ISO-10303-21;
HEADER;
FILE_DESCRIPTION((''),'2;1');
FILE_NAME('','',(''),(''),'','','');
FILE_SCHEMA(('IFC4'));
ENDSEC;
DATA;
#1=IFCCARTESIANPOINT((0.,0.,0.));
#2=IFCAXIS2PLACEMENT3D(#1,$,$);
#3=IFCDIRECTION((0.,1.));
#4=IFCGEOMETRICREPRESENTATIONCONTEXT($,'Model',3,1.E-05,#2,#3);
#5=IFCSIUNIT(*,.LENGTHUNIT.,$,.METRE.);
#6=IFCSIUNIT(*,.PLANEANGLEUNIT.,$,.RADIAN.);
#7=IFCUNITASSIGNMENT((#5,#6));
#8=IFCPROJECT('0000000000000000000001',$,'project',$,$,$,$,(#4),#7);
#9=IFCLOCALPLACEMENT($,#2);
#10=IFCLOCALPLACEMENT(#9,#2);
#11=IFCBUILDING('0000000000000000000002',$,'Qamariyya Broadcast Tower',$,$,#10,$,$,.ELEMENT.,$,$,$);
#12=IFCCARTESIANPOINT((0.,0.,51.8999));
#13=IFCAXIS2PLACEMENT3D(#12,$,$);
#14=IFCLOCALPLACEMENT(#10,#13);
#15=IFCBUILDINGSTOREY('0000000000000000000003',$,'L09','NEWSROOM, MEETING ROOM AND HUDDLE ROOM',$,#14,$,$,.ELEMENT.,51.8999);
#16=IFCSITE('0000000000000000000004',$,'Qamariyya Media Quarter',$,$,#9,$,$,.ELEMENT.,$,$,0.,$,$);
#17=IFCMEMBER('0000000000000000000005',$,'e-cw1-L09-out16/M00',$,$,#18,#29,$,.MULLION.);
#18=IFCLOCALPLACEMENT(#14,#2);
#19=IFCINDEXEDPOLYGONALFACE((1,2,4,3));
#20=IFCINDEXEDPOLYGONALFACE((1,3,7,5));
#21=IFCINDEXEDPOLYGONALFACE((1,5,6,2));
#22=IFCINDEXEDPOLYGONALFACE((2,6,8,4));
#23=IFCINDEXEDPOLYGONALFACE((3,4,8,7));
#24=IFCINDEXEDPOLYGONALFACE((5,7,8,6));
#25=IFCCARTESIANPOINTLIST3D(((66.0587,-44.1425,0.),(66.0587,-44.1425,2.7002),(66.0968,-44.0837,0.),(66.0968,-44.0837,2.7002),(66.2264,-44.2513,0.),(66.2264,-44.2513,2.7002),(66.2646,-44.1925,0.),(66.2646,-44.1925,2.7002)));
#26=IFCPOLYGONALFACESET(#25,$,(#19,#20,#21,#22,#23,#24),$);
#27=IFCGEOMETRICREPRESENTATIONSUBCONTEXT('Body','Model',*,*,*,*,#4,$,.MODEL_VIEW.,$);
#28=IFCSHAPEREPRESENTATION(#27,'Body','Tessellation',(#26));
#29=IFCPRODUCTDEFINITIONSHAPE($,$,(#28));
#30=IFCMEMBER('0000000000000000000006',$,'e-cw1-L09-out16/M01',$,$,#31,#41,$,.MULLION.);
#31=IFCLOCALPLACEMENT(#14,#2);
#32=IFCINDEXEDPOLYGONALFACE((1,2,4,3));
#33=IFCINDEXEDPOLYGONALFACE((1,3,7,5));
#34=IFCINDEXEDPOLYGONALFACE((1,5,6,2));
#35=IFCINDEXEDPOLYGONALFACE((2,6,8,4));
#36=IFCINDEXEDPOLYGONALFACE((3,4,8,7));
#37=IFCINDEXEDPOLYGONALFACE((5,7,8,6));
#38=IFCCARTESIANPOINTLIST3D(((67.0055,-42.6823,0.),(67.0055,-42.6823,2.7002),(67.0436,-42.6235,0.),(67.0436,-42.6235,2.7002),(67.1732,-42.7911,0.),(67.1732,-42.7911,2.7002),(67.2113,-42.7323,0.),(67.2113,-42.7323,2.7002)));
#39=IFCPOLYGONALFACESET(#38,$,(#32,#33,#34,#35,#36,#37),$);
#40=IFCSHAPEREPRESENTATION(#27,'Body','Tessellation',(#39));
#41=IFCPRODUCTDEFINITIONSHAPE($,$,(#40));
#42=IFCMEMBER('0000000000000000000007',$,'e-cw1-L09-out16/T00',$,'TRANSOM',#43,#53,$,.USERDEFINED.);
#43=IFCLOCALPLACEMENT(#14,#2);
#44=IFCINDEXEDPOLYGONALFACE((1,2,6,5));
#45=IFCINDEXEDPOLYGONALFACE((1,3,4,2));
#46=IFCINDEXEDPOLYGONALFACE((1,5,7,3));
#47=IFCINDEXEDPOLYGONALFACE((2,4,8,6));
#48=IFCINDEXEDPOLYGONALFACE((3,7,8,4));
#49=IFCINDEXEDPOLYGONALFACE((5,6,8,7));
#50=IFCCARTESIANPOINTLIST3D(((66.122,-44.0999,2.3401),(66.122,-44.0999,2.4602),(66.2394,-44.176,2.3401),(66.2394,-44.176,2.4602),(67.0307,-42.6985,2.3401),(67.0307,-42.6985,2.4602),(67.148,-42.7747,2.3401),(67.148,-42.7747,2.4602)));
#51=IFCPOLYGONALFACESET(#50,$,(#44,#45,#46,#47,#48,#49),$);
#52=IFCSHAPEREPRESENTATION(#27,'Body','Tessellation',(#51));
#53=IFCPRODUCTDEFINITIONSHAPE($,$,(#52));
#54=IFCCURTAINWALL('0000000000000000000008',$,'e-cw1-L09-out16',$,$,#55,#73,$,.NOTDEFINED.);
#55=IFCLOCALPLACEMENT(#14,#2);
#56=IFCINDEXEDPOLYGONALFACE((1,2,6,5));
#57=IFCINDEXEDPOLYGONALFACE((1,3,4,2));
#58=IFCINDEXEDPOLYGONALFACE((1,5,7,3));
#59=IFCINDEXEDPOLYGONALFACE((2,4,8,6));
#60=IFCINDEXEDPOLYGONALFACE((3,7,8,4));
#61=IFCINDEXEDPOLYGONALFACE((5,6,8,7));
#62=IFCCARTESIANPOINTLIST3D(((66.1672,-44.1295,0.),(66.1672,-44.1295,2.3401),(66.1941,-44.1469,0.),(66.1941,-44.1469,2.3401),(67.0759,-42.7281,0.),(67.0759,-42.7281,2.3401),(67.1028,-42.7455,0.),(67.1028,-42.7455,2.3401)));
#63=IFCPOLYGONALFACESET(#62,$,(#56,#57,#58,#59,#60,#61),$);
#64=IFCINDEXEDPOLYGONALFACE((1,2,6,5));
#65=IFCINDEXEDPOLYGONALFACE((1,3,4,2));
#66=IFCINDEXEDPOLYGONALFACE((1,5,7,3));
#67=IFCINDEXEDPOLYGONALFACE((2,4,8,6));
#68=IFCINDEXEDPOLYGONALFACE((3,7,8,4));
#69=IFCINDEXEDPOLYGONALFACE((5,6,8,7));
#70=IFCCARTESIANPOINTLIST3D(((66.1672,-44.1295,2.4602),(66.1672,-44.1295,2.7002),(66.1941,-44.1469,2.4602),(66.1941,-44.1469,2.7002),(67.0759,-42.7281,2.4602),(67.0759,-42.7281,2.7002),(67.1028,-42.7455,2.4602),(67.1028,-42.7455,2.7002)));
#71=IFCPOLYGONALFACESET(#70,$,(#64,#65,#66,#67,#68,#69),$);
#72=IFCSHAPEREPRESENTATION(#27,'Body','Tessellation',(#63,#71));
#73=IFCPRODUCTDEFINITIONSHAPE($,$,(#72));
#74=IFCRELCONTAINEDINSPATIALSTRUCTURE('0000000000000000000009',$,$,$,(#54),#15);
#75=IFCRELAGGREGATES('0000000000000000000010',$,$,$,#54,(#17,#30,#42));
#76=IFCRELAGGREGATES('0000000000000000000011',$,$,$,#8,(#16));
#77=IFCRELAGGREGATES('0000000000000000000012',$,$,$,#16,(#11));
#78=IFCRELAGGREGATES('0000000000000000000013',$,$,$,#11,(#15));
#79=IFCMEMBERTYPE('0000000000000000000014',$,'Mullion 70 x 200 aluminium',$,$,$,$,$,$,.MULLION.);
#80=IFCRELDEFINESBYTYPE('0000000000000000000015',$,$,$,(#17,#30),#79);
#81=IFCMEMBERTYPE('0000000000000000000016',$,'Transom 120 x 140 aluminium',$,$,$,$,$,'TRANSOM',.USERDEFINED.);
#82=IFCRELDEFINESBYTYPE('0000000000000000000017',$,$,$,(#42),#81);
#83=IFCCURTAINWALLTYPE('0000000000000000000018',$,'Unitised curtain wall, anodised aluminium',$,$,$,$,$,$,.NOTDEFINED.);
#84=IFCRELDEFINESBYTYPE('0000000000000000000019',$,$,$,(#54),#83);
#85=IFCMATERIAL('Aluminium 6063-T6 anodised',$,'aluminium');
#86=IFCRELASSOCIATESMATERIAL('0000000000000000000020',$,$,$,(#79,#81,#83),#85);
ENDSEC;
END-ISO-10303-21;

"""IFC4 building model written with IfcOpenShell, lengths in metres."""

from ifc_helpers import new_model, si_unit, direction, frame, origin, origin_2d, place, context, subcontext, project, spatial, rectangle, extrude, material, material_profile, profile_set, type_object, element, aggregate, save


model = new_model("IFC4")

# Units and contexts
model_context = context("Model", 3, precision=1e-05, world=origin(), true_north=direction((0.0, 1.0)))
body_context = subcontext(model_context, "Body", "Model", "MODEL_VIEW")
ifc_project = project(units=[si_unit("LENGTHUNIT", "METRE"), si_unit("PLANEANGLEUNIT", "RADIAN")], contexts=[model_context])

# Members
ifc_material = material(Name="Aluminium 6063-T6 anodised", Category="aluminium")
ifc_material_profile_1 = material_profile(ifc_material, rectangle(XDim=0.2, YDim=0.0701, at=origin_2d()))
ifc_profile_set_1 = profile_set([ifc_material_profile_1], Name="Aluminium 6063-T6 anodised")
member_type_1 = type_object("IfcMemberType", Name="Mullion 70 x 200 aluminium", PredefinedType="MULLION", material=ifc_profile_set_1)
site_placement = place(None, origin())
building_placement = place(site_placement, origin())
storey_placement = place(building_placement, frame((0.0, 0.0, 51.8999)))
member_1_placement = place(storey_placement, frame((66.1616, -44.1675, 0.0), z_axis=(0.0, 0.0, 1.0), x_axis=(-0.839047, 0.54406, 0.0)))
member_1 = element("IfcMember", 1, at=member_1_placement, type_object=member_type_1, Name="e-cw1-L09-out16/M00", PredefinedType="MULLION", context=body_context, shape_type="SweptSolid", body=[
    extrude(rectangle(XDim=0.2, YDim=0.0701, at=origin_2d()), origin(), (0.0, 0.0, 1.0), 2.7002),
])
member_2_placement = place(storey_placement, frame((67.1084, -42.7073, 0.0), z_axis=(0.0, 0.0, 1.0), x_axis=(-0.839047, 0.54406, 0.0)))
member_2 = element("IfcMember", 2, at=member_2_placement, type_object=member_type_1, Name="e-cw1-L09-out16/M01", PredefinedType="MULLION", context=body_context, shape_type="SweptSolid", body=[
    extrude(rectangle(XDim=0.2, YDim=0.0701, at=origin_2d()), origin(), (0.0, 0.0, 1.0), 2.7002),
])
ifc_material_profile_2 = material_profile(ifc_material, rectangle(XDim=0.1399, YDim=0.1201, at=origin_2d()))
ifc_profile_set_2 = profile_set([ifc_material_profile_2], Name="Aluminium 6063-T6 anodised")
member_type_2 = type_object("IfcMemberType", Name="Transom 120 x 140 aluminium", ElementType="TRANSOM", PredefinedType="USERDEFINED", material=ifc_profile_set_2)
member_3_placement = place(storey_placement, frame((66.1807, -44.1379, 2.4001), z_axis=(0.544063, 0.839044, 0.0), x_axis=(-0.839044, 0.544063, 0.0)))
member_3 = element("IfcMember", 3, at=member_3_placement, type_object=member_type_2, Name="e-cw1-L09-out16/T00", ObjectType="TRANSOM", PredefinedType="USERDEFINED", context=body_context, shape_type="SweptSolid", body=[
    extrude(rectangle(XDim=0.1399, YDim=0.1201, at=origin_2d()), origin(), (0.0, 0.0, 1.0), 1.6702),
])

# Site, building, storey
site = spatial("IfcSite", under=ifc_project, at=site_placement, Name="Qamariyya Media Quarter", CompositionType="ELEMENT", RefElevation=0.0)
building = spatial("IfcBuilding", under=site, at=building_placement, Name="Qamariyya Broadcast Tower", CompositionType="ELEMENT")
storey = spatial("IfcBuildingStorey", under=building, at=storey_placement, Name="L09", Description="NEWSROOM, MEETING ROOM AND HUDDLE ROOM", CompositionType="ELEMENT", Elevation=51.8999)

# Curtain wall
curtain_wall_type = type_object("IfcCurtainWallType", Name="Unitised curtain wall, anodised aluminium", PredefinedType="NOTDEFINED", material=ifc_material)
curtain_wall_1_placement = place(storey_placement, origin())
curtain_wall_1 = element("IfcCurtainWall", 4, at=curtain_wall_1_placement, inside=storey, type_object=curtain_wall_type, Name="e-cw1-L09-out16", PredefinedType="NOTDEFINED", context=body_context, shape_type="SweptSolid", body=[
    extrude(rectangle(XDim=1.6702, YDim=0.032, at=origin_2d()), frame((66.635, -43.4375, 0.0), x_axis=(0.544073, 0.839038, 0.0)), (0.0, 0.0, 1.0), 2.3401),
    extrude(rectangle(XDim=1.6702, YDim=0.032, at=origin_2d()), frame((66.635, -43.4375, 2.4602), x_axis=(0.544073, 0.839038, 0.0)), (0.0, 0.0, 1.0), 0.24),
])
aggregate(curtain_wall_1, [member_1, member_2, member_3])

save(model, "model.ifc")
